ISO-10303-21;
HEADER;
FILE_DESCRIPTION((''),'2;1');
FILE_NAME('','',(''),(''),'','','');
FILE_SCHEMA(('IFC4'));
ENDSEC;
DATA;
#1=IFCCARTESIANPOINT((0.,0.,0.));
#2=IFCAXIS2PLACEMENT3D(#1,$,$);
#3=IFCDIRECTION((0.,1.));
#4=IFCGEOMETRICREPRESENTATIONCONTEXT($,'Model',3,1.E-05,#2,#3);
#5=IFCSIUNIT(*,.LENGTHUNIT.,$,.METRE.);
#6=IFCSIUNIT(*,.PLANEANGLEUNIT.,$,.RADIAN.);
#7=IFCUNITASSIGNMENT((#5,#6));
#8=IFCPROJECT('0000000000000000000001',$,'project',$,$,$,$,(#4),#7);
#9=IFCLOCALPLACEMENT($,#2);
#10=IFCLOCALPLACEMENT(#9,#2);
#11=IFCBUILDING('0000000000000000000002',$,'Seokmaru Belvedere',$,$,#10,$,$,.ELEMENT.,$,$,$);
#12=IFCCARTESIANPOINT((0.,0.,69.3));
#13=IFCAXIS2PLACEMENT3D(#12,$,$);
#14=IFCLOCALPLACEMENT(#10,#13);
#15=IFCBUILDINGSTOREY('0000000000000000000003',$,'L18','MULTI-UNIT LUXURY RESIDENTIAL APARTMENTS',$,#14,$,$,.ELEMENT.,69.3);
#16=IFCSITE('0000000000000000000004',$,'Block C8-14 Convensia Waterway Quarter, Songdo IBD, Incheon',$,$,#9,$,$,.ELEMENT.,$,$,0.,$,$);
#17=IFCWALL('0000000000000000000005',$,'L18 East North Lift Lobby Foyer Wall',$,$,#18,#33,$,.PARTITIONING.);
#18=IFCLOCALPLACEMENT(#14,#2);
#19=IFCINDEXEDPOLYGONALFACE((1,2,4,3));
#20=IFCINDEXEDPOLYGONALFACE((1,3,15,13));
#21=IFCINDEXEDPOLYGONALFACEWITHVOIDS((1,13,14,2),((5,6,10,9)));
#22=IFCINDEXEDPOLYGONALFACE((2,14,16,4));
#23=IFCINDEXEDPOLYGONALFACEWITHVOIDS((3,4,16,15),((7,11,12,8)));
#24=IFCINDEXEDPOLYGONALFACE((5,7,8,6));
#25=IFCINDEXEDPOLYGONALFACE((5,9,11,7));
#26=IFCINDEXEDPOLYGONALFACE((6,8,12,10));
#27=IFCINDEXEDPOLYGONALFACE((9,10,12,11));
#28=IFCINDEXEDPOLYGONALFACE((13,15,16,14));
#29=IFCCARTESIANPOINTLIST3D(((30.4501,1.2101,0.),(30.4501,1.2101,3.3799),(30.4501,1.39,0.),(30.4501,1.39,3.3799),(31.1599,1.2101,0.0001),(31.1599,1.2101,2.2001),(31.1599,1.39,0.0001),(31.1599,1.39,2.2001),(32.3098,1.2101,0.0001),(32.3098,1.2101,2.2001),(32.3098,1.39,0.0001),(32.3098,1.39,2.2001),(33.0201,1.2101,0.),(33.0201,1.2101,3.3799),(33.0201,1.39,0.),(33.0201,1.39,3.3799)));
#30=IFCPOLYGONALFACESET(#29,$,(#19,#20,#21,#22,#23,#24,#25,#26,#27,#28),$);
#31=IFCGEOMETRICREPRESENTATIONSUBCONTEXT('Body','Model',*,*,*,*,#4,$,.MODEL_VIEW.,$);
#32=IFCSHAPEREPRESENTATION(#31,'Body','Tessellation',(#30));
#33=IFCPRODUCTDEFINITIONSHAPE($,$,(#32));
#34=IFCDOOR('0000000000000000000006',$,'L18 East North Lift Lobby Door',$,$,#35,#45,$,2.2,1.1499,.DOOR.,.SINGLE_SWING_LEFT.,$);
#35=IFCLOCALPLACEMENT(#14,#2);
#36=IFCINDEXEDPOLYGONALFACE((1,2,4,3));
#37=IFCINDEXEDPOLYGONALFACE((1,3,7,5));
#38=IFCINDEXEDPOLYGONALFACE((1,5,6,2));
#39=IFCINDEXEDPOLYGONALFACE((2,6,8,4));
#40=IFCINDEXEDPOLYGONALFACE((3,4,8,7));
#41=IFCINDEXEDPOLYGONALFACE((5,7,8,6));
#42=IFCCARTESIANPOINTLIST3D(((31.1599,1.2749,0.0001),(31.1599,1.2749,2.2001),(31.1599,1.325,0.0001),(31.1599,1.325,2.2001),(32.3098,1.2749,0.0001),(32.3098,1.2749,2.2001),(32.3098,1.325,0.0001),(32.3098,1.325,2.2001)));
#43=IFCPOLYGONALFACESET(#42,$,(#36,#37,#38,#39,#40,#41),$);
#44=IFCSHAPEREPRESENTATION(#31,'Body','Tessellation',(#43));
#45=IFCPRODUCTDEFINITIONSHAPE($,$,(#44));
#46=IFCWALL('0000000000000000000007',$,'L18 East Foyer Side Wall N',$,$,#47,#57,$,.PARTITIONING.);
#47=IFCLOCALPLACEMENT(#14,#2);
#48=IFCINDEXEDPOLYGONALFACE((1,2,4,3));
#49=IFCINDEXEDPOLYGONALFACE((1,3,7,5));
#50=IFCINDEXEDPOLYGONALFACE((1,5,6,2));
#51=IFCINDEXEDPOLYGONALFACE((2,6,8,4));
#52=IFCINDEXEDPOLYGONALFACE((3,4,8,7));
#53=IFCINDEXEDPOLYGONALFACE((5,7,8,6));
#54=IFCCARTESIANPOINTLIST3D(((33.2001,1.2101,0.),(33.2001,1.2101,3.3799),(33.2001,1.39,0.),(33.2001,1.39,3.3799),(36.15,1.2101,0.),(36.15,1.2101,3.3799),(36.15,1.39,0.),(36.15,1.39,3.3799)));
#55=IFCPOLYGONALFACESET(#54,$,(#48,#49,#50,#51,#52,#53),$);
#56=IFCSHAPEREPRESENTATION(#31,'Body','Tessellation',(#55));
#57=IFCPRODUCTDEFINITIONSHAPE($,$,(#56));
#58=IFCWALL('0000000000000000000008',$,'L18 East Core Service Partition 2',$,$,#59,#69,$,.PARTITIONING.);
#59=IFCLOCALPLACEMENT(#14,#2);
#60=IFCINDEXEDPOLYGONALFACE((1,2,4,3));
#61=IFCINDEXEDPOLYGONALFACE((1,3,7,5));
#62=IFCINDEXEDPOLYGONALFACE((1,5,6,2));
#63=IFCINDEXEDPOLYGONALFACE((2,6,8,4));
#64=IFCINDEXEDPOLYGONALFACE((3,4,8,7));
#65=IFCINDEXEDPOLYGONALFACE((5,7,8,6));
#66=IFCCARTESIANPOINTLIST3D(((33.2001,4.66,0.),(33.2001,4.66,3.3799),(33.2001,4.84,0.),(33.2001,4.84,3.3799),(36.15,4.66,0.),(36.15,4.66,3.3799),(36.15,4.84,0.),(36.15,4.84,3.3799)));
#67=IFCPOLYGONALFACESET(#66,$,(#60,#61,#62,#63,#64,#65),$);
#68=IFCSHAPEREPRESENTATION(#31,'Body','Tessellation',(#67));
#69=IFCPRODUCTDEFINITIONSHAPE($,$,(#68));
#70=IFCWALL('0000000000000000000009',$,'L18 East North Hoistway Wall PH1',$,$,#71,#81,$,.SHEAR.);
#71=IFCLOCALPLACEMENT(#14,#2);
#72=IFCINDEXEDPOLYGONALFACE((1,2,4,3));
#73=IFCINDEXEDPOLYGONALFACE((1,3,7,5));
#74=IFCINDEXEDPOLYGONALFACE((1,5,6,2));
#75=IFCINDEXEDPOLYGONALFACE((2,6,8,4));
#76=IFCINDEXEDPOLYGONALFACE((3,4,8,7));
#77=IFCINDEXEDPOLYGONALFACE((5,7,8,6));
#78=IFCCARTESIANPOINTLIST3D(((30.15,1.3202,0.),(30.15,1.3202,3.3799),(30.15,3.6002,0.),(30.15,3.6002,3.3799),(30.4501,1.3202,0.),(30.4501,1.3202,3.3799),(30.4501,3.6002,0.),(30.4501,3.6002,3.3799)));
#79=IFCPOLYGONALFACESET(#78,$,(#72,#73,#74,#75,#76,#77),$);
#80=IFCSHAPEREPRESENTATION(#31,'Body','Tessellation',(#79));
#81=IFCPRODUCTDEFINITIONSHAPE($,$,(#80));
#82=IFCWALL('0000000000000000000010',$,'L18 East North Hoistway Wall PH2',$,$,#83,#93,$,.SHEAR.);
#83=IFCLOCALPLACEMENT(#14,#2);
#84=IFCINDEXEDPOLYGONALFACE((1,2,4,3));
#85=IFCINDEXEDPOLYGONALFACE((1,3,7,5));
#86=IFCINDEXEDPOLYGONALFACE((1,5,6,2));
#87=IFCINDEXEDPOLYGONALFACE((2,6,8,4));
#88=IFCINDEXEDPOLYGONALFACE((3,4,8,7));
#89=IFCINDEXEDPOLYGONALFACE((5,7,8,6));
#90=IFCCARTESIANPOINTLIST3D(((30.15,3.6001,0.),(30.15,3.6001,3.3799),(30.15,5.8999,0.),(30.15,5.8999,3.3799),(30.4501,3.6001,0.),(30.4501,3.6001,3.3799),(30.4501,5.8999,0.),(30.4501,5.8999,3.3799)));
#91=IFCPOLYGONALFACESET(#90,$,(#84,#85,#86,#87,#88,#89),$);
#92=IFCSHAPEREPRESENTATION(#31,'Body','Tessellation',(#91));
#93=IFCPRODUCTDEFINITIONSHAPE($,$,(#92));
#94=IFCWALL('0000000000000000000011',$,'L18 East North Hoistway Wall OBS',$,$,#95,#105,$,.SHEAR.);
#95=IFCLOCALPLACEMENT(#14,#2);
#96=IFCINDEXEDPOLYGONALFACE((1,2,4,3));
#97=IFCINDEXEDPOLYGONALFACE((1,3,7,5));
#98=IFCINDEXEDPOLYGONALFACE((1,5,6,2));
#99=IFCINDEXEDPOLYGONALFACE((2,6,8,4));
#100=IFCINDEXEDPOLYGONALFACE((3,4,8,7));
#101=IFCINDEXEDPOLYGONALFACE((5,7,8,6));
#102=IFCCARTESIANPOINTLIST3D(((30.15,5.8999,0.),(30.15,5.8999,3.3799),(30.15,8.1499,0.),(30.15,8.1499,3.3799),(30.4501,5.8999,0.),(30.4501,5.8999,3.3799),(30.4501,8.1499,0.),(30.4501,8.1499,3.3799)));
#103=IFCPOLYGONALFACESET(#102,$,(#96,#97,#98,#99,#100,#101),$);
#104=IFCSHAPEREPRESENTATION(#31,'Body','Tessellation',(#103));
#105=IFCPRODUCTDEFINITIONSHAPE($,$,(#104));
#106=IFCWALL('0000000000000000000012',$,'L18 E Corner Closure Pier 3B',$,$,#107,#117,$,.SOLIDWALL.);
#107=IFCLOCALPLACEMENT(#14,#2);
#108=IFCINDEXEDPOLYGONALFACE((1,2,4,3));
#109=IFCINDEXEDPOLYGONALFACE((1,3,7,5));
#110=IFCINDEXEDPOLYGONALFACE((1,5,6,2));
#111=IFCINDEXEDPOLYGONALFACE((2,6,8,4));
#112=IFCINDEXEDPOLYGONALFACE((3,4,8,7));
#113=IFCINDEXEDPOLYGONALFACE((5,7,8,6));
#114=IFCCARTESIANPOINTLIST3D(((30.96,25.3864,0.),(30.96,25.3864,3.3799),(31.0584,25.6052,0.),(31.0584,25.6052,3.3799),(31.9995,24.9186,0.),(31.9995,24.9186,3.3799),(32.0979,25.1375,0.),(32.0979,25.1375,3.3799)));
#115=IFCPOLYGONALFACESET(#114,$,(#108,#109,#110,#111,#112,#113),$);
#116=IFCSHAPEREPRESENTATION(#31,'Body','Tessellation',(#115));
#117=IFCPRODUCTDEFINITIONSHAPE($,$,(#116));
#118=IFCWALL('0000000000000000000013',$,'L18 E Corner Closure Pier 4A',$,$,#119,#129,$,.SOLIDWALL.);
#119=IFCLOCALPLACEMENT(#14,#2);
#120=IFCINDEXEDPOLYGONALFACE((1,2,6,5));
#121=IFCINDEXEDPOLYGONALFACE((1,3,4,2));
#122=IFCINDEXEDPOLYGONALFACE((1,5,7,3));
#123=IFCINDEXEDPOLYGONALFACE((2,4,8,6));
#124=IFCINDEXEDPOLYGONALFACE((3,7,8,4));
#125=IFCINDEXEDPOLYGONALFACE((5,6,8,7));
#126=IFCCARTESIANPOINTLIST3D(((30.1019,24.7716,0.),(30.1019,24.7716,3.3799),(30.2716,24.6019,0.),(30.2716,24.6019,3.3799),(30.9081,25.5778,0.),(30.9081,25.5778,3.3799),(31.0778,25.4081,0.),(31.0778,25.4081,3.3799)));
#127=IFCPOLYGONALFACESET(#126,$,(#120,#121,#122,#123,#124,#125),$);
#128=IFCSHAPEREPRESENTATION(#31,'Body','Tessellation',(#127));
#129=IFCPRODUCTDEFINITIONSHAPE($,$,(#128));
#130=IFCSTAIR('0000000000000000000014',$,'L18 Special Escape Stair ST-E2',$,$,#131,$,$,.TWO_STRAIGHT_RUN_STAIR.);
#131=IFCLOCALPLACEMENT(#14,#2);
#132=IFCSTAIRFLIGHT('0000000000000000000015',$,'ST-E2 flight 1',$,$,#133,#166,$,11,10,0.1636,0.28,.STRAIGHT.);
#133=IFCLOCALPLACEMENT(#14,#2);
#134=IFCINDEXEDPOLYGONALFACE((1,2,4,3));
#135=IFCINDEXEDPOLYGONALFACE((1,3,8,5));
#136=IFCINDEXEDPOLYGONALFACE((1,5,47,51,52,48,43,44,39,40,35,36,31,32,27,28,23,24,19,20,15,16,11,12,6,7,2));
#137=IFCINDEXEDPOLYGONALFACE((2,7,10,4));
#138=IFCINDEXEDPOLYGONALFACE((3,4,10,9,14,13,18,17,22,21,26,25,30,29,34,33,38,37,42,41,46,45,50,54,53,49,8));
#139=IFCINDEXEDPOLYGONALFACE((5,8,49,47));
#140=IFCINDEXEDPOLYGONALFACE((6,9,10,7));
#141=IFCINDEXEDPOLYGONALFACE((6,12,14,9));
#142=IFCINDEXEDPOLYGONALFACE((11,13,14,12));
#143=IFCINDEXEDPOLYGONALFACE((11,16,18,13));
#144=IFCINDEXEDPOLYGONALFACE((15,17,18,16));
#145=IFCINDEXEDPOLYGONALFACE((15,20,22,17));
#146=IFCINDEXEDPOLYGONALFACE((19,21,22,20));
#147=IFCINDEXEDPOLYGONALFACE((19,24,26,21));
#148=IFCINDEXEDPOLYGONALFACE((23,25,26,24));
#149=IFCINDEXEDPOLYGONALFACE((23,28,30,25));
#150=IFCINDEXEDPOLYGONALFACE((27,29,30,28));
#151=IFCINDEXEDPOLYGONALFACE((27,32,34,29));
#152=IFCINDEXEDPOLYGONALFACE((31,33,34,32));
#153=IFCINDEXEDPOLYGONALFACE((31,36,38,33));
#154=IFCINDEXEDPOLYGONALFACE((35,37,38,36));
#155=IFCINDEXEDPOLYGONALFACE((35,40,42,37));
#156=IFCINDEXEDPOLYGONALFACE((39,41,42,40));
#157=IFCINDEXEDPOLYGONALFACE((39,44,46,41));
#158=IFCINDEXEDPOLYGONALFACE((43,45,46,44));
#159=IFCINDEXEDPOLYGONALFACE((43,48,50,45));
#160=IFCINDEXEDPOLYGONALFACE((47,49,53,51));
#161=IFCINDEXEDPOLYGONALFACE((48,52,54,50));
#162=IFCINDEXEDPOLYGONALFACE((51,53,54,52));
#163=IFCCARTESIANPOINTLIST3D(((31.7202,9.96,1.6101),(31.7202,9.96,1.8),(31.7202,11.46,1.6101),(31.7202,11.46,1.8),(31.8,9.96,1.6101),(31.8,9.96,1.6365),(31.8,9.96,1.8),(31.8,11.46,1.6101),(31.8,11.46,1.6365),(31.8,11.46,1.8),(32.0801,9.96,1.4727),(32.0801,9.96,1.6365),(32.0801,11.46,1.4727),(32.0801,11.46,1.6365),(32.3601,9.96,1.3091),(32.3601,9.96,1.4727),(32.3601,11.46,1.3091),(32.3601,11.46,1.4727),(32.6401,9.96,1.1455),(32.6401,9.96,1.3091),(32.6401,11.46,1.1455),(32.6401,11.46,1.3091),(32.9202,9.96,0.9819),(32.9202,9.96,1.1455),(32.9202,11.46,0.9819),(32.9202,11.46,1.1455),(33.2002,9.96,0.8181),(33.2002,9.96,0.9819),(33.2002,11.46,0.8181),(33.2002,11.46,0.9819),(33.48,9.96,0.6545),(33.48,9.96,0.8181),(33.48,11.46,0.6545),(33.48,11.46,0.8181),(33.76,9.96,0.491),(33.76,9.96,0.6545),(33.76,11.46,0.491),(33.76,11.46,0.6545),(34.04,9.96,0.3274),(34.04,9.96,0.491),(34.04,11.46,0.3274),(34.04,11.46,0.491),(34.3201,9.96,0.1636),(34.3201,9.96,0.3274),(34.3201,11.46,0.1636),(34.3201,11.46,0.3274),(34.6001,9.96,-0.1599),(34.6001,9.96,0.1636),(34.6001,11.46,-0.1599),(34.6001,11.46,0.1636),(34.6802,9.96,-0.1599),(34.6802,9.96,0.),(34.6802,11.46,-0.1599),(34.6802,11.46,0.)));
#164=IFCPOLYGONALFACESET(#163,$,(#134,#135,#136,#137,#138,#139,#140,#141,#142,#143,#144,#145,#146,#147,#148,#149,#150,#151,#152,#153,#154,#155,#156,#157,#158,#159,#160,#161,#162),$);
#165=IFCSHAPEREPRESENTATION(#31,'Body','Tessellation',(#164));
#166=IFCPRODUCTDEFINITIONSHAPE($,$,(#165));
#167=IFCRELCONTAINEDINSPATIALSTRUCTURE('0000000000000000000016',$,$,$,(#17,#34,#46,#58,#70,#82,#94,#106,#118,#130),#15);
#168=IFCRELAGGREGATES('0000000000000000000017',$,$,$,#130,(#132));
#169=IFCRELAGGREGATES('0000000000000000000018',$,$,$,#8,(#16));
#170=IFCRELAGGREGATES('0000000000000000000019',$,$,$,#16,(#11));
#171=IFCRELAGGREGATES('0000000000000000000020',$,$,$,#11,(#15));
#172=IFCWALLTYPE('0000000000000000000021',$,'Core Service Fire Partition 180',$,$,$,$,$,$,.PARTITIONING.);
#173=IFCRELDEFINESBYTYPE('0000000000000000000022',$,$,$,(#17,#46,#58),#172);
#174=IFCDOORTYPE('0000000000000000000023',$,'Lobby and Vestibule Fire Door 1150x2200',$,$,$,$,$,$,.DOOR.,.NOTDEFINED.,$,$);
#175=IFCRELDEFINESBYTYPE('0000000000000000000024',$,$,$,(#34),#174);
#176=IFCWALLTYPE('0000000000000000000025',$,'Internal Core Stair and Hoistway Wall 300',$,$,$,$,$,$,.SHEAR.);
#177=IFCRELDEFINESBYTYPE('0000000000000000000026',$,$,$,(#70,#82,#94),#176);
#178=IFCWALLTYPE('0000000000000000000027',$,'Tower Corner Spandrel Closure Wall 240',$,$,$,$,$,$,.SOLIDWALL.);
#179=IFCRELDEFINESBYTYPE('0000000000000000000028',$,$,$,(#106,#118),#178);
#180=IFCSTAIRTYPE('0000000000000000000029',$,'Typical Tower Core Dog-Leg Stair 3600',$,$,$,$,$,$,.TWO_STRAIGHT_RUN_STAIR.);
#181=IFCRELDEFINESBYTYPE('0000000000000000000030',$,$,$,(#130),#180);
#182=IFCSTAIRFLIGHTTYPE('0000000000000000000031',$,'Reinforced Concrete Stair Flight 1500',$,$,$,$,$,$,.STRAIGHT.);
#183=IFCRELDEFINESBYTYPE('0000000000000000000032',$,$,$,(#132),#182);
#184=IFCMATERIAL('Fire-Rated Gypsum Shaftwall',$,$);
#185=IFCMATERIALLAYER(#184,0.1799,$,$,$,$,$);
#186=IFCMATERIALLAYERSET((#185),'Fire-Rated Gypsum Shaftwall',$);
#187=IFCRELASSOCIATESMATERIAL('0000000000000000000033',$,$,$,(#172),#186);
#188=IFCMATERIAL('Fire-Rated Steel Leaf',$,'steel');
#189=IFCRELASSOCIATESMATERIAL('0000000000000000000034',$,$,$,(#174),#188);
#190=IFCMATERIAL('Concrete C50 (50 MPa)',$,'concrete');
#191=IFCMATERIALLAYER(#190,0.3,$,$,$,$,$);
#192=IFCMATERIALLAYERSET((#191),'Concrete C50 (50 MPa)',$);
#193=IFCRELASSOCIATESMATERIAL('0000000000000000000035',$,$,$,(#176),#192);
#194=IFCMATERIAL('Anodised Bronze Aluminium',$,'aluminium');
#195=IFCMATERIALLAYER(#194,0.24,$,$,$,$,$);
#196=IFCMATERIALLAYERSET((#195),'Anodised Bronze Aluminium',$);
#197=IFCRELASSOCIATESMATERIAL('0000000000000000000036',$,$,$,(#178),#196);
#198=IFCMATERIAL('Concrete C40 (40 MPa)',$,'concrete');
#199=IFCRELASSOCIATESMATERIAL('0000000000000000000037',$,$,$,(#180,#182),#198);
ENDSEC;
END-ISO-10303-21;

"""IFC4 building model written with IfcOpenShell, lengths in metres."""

from ifc_helpers import new_model, si_unit, direction, frame, frame_2d, origin, place, context, subcontext, project, spatial, polyline, rectangle, outline, extrude, source, transform, mapped, material, layer, layer_set, type_object, type_shapes, element, fill, aggregate, save


model = new_model("IFC4")

# Units and contexts
model_context = context("Model", 3, precision=1e-05, world=origin(), true_north=direction((0.0, 1.0)))
body_context = subcontext(model_context, "Body", "Model", "MODEL_VIEW")
ifc_project = project(units=[si_unit("LENGTHUNIT", "METRE"), si_unit("PLANEANGLEUNIT", "RADIAN")], contexts=[model_context])

# Site, building, storey
site_placement = place(None, origin())
site = spatial("IfcSite", under=ifc_project, at=site_placement, Name="Block C8-14 Convensia Waterway Quarter, Songdo IBD, Incheon", CompositionType="ELEMENT", RefElevation=0.0)
building_placement = place(site_placement, origin())
building = spatial("IfcBuilding", under=site, at=building_placement, Name="Seokmaru Belvedere", CompositionType="ELEMENT")
storey_placement = place(building_placement, frame((0.0, 0.0, 69.3)))
storey = spatial("IfcBuildingStorey", under=building, at=storey_placement, Name="L18", Description="MULTI-UNIT LUXURY RESIDENTIAL APARTMENTS", CompositionType="ELEMENT", Elevation=69.3)

# Shared definitions
ifc_material_1 = material(Name="Anodised Bronze Aluminium", Category="aluminium")

# Shared definitions
ifc_material_2 = material(Name="Fire-Rated Gypsum Shaftwall")
ifc_layer_1 = layer(ifc_material_2, 0.1799)
ifc_layer_set_1 = layer_set([ifc_layer_1], Name="Fire-Rated Gypsum Shaftwall")
wall_type_1 = type_object("IfcWallType", Name="Core Service Fire Partition 180", PredefinedType="PARTITIONING", material=ifc_layer_set_1)

# Wall, opening, door
wall_1_placement = place(storey_placement, frame((30.45, 1.3, 0.0), z_axis=(0.0, 0.0, 1.0), x_axis=(1.0, 0.0, 0.0)))
wall_1 = element("IfcWall", 1, at=wall_1_placement, inside=storey, type_object=wall_type_1, Name="L18 East North Lift Lobby Foyer Wall", PredefinedType="PARTITIONING", context=body_context, shape_type="SweptSolid", body=[
    extrude(rectangle(XDim=2.5701, YDim=0.1799, at=frame_2d((1.2852, 0.0))), origin(), (0.0, 0.0, 1.0), 3.3799),
])
opening_1_placement = place(wall_1_placement, frame((0.71, 0.0, 0.0)))
opening_1 = element("IfcOpeningElement", 2, at=opening_1_placement, cuts=wall_1, PredefinedType="OPENING", context=body_context, shape_type="SweptSolid", body=[
    extrude(rectangle(XDim=1.1499, YDim=2.2, at=frame_2d((0.575, 1.1001))), frame((0.0, 0.1001, 0.0), z_axis=(0.0, -1.0, 0.0), x_axis=(1.0, 0.0, 0.0)), (0.0, 0.0, 1.0), 0.2),
])
ifc_material_3 = material(Name="Fire-Rated Steel Leaf", Category="steel")
door_type_1 = type_object("IfcDoorType", Name="Lobby and Vestibule Fire Door 1150x2200", OperationType="NOTDEFINED", PredefinedType="DOOR", material=ifc_material_3)
shared_shape_1 = source(origin(), body_context, "Body", "SweptSolid", [
    extrude(rectangle(XDim=1.1499, YDim=2.2, at=frame_2d((0.575, 1.1001))), frame((0.0, 0.0249, 0.0), z_axis=(0.0, -1.0, 0.0), x_axis=(1.0, 0.0, 0.0)), (0.0, 0.0, 1.0), 0.05),
])
type_shapes(door_type_1, [shared_shape_1])
door_1_placement = place(opening_1_placement, origin())
door_1 = element("IfcDoor", 3, at=door_1_placement, inside=storey, type_object=door_type_1, Name="L18 East North Lift Lobby Door", OperationType="SINGLE_SWING_LEFT", OverallHeight=2.2, OverallWidth=1.1499, PredefinedType="DOOR", context=body_context, shape_type="MappedRepresentation", body=[
    mapped(shared_shape_1, transform((0.0, 0.0, 0.0), scale=1.0)),
])
fill(opening_1, door_1)

# Walls
for number, where, z_axis, x_axis, name in (
    (4, (33.2, 1.3, 0.0), (0.0, 0.0, 1.0), (1.0, 0.0, 0.0), "L18 East Foyer Side Wall N"),
    (5, (33.2, 4.75, 0.0), (0.0, 0.0, 1.0), (1.0, 0.0, 0.0), "L18 East Core Service Partition 2"),
):
    element("IfcWall", number, at=place(storey_placement, frame(where, z_axis=z_axis, x_axis=x_axis)), inside=storey, type_object=wall_type_1, Name=name, PredefinedType="PARTITIONING", context=body_context, shape_type="SweptSolid", body=[
        extrude(rectangle(XDim=2.95, YDim=0.1799, at=frame_2d((1.4751, 0.0))), origin(), (0.0, 0.0, 1.0), 3.3799),
    ])
ifc_material_4 = material(Name="Concrete C50 (50 MPa)", Category="concrete")
ifc_layer_2 = layer(ifc_material_4, 0.3)
ifc_layer_set_2 = layer_set([ifc_layer_2], Name="Concrete C50 (50 MPa)")
wall_type_2 = type_object("IfcWallType", Name="Internal Core Stair and Hoistway Wall 300", PredefinedType="SHEAR", material=ifc_layer_set_2)
wall_2_placement = place(storey_placement, frame((30.3, 1.3201, 0.0), z_axis=(0.0, 0.0, 1.0), x_axis=(0.0, 1.0, 0.0)))
element("IfcWall", 6, at=wall_2_placement, inside=storey, type_object=wall_type_2, Name="L18 East North Hoistway Wall PH1", PredefinedType="SHEAR", context=body_context, shape_type="SweptSolid", body=[
    extrude(rectangle(XDim=2.28, YDim=0.3, at=frame_2d((1.1401, 0.0))), origin(), (0.0, 0.0, 1.0), 3.3799),
])
wall_3_placement = place(storey_placement, frame((30.3, 3.6001, 0.0), z_axis=(0.0, 0.0, 1.0), x_axis=(0.0, 1.0, 0.0)))
element("IfcWall", 7, at=wall_3_placement, inside=storey, type_object=wall_type_2, Name="L18 East North Hoistway Wall PH2", PredefinedType="SHEAR", context=body_context, shape_type="SweptSolid", body=[
    extrude(rectangle(XDim=2.2998, YDim=0.3, at=frame_2d((1.1499, 0.0))), origin(), (0.0, 0.0, 1.0), 3.3799),
])
wall_4_placement = place(storey_placement, frame((30.3, 5.8999, 0.0), z_axis=(0.0, 0.0, 1.0), x_axis=(0.0, 1.0, 0.0)))
element("IfcWall", 8, at=wall_4_placement, inside=storey, type_object=wall_type_2, Name="L18 East North Hoistway Wall OBS", PredefinedType="SHEAR", context=body_context, shape_type="SweptSolid", body=[
    extrude(rectangle(XDim=2.25, YDim=0.3, at=frame_2d((1.125, 0.0))), origin(), (0.0, 0.0, 1.0), 3.3799),
])

# Walls
ifc_layer_3 = layer(ifc_material_1, 0.24)
ifc_layer_set_3 = layer_set([ifc_layer_3], Name="Anodised Bronze Aluminium")
wall_type_3 = type_object("IfcWallType", Name="Tower Corner Spandrel Closure Wall 240", PredefinedType="SOLIDWALL", material=ifc_layer_set_3)
wall_5_placement = place(storey_placement, frame((32.0486, 25.0281, 0.0), z_axis=(0.0, 0.0, 1.0), x_axis=(-0.91193, 0.410347, 0.0)))
element("IfcWall", 9, at=wall_5_placement, inside=storey, type_object=wall_type_3, Name="L18 E Corner Closure Pier 3B", PredefinedType="SOLIDWALL", context=body_context, shape_type="SweptSolid", body=[
    extrude(rectangle(XDim=1.1399, YDim=0.24, at=frame_2d((0.5698, 0.0))), origin(), (0.0, 0.0, 1.0), 3.3799),
])
wall_6_placement = place(storey_placement, frame((30.9929, 25.4929, 0.0), z_axis=(0.0, 0.0, 1.0), x_axis=(-0.707107, -0.707107, 0.0)))
element("IfcWall", 10, at=wall_6_placement, inside=storey, type_object=wall_type_3, Name="L18 E Corner Closure Pier 4A", PredefinedType="SOLIDWALL", context=body_context, shape_type="SweptSolid", body=[
    extrude(rectangle(XDim=1.1401, YDim=0.24, at=frame_2d((0.5701, 0.0))), origin(), (0.0, 0.0, 1.0), 3.3799),
])

# Stair, stair flight
ifc_material_5 = material(Name="Concrete C40 (40 MPa)", Category="concrete")
stair_type = type_object("IfcStairType", Name="Typical Tower Core Dog-Leg Stair 3600", PredefinedType="TWO_STRAIGHT_RUN_STAIR", material=ifc_material_5)
stair_placement = place(storey_placement, origin())
stair = element("IfcStair", 11, at=stair_placement, inside=storey, type_object=stair_type, Name="L18 Special Escape Stair ST-E2", PredefinedType="TWO_STRAIGHT_RUN_STAIR")
stair_flight_type = type_object("IfcStairFlightType", Name="Reinforced Concrete Stair Flight 1500", PredefinedType="STRAIGHT", material=ifc_material_5)
stair_flight_1_placement = place(storey_placement, frame((34.6001, 10.71, 0.0), z_axis=(0.0, 0.0, 1.0), x_axis=(-1.0, 0.0, 0.0)))
stair_flight_1 = element("IfcStairFlight", 12, at=stair_flight_1_placement, type_object=stair_flight_type, Name="ST-E2 flight 1", NumberOfRisers=11, NumberOfTreads=10, PredefinedType="STRAIGHT", RiserHeight=0.1636, TreadLength=0.28, context=body_context, shape_type="SweptSolid", body=[
    extrude(outline(polyline([(-0.0801, 0.0), (0.0, 0.1636), (0.28, 0.1636), (0.28, 0.3274), (0.5601, 0.3274), (0.5601, 0.491), (0.8401, 0.491), (0.8401, 0.6545), (1.1201, 0.6545), (1.1201, 0.8181), (1.3999, 0.8181), (1.3999, 0.9819), (1.6799, 0.9819), (1.6799, 1.1455), (1.96, 1.1455), (1.96, 1.3091), (2.24, 1.3091), (2.24, 1.4727), (2.52, 1.4727), (2.52, 1.6365), (2.8, 1.6365), (2.8, 1.8), (2.8799, 1.8), (2.8799, 1.6101), (2.8, 1.6101), (0.0, -0.1599), (-0.0801, -0.1599), (-0.0801, 0.0)])), frame((0.0, 0.75, 0.0), z_axis=(0.0, -1.0, 0.0), x_axis=(1.0, 0.0, 0.0)), (0.0, 0.0, 1.0), 1.5),
])
aggregate(stair, [stair_flight_1])

save(model, "model.ifc")
